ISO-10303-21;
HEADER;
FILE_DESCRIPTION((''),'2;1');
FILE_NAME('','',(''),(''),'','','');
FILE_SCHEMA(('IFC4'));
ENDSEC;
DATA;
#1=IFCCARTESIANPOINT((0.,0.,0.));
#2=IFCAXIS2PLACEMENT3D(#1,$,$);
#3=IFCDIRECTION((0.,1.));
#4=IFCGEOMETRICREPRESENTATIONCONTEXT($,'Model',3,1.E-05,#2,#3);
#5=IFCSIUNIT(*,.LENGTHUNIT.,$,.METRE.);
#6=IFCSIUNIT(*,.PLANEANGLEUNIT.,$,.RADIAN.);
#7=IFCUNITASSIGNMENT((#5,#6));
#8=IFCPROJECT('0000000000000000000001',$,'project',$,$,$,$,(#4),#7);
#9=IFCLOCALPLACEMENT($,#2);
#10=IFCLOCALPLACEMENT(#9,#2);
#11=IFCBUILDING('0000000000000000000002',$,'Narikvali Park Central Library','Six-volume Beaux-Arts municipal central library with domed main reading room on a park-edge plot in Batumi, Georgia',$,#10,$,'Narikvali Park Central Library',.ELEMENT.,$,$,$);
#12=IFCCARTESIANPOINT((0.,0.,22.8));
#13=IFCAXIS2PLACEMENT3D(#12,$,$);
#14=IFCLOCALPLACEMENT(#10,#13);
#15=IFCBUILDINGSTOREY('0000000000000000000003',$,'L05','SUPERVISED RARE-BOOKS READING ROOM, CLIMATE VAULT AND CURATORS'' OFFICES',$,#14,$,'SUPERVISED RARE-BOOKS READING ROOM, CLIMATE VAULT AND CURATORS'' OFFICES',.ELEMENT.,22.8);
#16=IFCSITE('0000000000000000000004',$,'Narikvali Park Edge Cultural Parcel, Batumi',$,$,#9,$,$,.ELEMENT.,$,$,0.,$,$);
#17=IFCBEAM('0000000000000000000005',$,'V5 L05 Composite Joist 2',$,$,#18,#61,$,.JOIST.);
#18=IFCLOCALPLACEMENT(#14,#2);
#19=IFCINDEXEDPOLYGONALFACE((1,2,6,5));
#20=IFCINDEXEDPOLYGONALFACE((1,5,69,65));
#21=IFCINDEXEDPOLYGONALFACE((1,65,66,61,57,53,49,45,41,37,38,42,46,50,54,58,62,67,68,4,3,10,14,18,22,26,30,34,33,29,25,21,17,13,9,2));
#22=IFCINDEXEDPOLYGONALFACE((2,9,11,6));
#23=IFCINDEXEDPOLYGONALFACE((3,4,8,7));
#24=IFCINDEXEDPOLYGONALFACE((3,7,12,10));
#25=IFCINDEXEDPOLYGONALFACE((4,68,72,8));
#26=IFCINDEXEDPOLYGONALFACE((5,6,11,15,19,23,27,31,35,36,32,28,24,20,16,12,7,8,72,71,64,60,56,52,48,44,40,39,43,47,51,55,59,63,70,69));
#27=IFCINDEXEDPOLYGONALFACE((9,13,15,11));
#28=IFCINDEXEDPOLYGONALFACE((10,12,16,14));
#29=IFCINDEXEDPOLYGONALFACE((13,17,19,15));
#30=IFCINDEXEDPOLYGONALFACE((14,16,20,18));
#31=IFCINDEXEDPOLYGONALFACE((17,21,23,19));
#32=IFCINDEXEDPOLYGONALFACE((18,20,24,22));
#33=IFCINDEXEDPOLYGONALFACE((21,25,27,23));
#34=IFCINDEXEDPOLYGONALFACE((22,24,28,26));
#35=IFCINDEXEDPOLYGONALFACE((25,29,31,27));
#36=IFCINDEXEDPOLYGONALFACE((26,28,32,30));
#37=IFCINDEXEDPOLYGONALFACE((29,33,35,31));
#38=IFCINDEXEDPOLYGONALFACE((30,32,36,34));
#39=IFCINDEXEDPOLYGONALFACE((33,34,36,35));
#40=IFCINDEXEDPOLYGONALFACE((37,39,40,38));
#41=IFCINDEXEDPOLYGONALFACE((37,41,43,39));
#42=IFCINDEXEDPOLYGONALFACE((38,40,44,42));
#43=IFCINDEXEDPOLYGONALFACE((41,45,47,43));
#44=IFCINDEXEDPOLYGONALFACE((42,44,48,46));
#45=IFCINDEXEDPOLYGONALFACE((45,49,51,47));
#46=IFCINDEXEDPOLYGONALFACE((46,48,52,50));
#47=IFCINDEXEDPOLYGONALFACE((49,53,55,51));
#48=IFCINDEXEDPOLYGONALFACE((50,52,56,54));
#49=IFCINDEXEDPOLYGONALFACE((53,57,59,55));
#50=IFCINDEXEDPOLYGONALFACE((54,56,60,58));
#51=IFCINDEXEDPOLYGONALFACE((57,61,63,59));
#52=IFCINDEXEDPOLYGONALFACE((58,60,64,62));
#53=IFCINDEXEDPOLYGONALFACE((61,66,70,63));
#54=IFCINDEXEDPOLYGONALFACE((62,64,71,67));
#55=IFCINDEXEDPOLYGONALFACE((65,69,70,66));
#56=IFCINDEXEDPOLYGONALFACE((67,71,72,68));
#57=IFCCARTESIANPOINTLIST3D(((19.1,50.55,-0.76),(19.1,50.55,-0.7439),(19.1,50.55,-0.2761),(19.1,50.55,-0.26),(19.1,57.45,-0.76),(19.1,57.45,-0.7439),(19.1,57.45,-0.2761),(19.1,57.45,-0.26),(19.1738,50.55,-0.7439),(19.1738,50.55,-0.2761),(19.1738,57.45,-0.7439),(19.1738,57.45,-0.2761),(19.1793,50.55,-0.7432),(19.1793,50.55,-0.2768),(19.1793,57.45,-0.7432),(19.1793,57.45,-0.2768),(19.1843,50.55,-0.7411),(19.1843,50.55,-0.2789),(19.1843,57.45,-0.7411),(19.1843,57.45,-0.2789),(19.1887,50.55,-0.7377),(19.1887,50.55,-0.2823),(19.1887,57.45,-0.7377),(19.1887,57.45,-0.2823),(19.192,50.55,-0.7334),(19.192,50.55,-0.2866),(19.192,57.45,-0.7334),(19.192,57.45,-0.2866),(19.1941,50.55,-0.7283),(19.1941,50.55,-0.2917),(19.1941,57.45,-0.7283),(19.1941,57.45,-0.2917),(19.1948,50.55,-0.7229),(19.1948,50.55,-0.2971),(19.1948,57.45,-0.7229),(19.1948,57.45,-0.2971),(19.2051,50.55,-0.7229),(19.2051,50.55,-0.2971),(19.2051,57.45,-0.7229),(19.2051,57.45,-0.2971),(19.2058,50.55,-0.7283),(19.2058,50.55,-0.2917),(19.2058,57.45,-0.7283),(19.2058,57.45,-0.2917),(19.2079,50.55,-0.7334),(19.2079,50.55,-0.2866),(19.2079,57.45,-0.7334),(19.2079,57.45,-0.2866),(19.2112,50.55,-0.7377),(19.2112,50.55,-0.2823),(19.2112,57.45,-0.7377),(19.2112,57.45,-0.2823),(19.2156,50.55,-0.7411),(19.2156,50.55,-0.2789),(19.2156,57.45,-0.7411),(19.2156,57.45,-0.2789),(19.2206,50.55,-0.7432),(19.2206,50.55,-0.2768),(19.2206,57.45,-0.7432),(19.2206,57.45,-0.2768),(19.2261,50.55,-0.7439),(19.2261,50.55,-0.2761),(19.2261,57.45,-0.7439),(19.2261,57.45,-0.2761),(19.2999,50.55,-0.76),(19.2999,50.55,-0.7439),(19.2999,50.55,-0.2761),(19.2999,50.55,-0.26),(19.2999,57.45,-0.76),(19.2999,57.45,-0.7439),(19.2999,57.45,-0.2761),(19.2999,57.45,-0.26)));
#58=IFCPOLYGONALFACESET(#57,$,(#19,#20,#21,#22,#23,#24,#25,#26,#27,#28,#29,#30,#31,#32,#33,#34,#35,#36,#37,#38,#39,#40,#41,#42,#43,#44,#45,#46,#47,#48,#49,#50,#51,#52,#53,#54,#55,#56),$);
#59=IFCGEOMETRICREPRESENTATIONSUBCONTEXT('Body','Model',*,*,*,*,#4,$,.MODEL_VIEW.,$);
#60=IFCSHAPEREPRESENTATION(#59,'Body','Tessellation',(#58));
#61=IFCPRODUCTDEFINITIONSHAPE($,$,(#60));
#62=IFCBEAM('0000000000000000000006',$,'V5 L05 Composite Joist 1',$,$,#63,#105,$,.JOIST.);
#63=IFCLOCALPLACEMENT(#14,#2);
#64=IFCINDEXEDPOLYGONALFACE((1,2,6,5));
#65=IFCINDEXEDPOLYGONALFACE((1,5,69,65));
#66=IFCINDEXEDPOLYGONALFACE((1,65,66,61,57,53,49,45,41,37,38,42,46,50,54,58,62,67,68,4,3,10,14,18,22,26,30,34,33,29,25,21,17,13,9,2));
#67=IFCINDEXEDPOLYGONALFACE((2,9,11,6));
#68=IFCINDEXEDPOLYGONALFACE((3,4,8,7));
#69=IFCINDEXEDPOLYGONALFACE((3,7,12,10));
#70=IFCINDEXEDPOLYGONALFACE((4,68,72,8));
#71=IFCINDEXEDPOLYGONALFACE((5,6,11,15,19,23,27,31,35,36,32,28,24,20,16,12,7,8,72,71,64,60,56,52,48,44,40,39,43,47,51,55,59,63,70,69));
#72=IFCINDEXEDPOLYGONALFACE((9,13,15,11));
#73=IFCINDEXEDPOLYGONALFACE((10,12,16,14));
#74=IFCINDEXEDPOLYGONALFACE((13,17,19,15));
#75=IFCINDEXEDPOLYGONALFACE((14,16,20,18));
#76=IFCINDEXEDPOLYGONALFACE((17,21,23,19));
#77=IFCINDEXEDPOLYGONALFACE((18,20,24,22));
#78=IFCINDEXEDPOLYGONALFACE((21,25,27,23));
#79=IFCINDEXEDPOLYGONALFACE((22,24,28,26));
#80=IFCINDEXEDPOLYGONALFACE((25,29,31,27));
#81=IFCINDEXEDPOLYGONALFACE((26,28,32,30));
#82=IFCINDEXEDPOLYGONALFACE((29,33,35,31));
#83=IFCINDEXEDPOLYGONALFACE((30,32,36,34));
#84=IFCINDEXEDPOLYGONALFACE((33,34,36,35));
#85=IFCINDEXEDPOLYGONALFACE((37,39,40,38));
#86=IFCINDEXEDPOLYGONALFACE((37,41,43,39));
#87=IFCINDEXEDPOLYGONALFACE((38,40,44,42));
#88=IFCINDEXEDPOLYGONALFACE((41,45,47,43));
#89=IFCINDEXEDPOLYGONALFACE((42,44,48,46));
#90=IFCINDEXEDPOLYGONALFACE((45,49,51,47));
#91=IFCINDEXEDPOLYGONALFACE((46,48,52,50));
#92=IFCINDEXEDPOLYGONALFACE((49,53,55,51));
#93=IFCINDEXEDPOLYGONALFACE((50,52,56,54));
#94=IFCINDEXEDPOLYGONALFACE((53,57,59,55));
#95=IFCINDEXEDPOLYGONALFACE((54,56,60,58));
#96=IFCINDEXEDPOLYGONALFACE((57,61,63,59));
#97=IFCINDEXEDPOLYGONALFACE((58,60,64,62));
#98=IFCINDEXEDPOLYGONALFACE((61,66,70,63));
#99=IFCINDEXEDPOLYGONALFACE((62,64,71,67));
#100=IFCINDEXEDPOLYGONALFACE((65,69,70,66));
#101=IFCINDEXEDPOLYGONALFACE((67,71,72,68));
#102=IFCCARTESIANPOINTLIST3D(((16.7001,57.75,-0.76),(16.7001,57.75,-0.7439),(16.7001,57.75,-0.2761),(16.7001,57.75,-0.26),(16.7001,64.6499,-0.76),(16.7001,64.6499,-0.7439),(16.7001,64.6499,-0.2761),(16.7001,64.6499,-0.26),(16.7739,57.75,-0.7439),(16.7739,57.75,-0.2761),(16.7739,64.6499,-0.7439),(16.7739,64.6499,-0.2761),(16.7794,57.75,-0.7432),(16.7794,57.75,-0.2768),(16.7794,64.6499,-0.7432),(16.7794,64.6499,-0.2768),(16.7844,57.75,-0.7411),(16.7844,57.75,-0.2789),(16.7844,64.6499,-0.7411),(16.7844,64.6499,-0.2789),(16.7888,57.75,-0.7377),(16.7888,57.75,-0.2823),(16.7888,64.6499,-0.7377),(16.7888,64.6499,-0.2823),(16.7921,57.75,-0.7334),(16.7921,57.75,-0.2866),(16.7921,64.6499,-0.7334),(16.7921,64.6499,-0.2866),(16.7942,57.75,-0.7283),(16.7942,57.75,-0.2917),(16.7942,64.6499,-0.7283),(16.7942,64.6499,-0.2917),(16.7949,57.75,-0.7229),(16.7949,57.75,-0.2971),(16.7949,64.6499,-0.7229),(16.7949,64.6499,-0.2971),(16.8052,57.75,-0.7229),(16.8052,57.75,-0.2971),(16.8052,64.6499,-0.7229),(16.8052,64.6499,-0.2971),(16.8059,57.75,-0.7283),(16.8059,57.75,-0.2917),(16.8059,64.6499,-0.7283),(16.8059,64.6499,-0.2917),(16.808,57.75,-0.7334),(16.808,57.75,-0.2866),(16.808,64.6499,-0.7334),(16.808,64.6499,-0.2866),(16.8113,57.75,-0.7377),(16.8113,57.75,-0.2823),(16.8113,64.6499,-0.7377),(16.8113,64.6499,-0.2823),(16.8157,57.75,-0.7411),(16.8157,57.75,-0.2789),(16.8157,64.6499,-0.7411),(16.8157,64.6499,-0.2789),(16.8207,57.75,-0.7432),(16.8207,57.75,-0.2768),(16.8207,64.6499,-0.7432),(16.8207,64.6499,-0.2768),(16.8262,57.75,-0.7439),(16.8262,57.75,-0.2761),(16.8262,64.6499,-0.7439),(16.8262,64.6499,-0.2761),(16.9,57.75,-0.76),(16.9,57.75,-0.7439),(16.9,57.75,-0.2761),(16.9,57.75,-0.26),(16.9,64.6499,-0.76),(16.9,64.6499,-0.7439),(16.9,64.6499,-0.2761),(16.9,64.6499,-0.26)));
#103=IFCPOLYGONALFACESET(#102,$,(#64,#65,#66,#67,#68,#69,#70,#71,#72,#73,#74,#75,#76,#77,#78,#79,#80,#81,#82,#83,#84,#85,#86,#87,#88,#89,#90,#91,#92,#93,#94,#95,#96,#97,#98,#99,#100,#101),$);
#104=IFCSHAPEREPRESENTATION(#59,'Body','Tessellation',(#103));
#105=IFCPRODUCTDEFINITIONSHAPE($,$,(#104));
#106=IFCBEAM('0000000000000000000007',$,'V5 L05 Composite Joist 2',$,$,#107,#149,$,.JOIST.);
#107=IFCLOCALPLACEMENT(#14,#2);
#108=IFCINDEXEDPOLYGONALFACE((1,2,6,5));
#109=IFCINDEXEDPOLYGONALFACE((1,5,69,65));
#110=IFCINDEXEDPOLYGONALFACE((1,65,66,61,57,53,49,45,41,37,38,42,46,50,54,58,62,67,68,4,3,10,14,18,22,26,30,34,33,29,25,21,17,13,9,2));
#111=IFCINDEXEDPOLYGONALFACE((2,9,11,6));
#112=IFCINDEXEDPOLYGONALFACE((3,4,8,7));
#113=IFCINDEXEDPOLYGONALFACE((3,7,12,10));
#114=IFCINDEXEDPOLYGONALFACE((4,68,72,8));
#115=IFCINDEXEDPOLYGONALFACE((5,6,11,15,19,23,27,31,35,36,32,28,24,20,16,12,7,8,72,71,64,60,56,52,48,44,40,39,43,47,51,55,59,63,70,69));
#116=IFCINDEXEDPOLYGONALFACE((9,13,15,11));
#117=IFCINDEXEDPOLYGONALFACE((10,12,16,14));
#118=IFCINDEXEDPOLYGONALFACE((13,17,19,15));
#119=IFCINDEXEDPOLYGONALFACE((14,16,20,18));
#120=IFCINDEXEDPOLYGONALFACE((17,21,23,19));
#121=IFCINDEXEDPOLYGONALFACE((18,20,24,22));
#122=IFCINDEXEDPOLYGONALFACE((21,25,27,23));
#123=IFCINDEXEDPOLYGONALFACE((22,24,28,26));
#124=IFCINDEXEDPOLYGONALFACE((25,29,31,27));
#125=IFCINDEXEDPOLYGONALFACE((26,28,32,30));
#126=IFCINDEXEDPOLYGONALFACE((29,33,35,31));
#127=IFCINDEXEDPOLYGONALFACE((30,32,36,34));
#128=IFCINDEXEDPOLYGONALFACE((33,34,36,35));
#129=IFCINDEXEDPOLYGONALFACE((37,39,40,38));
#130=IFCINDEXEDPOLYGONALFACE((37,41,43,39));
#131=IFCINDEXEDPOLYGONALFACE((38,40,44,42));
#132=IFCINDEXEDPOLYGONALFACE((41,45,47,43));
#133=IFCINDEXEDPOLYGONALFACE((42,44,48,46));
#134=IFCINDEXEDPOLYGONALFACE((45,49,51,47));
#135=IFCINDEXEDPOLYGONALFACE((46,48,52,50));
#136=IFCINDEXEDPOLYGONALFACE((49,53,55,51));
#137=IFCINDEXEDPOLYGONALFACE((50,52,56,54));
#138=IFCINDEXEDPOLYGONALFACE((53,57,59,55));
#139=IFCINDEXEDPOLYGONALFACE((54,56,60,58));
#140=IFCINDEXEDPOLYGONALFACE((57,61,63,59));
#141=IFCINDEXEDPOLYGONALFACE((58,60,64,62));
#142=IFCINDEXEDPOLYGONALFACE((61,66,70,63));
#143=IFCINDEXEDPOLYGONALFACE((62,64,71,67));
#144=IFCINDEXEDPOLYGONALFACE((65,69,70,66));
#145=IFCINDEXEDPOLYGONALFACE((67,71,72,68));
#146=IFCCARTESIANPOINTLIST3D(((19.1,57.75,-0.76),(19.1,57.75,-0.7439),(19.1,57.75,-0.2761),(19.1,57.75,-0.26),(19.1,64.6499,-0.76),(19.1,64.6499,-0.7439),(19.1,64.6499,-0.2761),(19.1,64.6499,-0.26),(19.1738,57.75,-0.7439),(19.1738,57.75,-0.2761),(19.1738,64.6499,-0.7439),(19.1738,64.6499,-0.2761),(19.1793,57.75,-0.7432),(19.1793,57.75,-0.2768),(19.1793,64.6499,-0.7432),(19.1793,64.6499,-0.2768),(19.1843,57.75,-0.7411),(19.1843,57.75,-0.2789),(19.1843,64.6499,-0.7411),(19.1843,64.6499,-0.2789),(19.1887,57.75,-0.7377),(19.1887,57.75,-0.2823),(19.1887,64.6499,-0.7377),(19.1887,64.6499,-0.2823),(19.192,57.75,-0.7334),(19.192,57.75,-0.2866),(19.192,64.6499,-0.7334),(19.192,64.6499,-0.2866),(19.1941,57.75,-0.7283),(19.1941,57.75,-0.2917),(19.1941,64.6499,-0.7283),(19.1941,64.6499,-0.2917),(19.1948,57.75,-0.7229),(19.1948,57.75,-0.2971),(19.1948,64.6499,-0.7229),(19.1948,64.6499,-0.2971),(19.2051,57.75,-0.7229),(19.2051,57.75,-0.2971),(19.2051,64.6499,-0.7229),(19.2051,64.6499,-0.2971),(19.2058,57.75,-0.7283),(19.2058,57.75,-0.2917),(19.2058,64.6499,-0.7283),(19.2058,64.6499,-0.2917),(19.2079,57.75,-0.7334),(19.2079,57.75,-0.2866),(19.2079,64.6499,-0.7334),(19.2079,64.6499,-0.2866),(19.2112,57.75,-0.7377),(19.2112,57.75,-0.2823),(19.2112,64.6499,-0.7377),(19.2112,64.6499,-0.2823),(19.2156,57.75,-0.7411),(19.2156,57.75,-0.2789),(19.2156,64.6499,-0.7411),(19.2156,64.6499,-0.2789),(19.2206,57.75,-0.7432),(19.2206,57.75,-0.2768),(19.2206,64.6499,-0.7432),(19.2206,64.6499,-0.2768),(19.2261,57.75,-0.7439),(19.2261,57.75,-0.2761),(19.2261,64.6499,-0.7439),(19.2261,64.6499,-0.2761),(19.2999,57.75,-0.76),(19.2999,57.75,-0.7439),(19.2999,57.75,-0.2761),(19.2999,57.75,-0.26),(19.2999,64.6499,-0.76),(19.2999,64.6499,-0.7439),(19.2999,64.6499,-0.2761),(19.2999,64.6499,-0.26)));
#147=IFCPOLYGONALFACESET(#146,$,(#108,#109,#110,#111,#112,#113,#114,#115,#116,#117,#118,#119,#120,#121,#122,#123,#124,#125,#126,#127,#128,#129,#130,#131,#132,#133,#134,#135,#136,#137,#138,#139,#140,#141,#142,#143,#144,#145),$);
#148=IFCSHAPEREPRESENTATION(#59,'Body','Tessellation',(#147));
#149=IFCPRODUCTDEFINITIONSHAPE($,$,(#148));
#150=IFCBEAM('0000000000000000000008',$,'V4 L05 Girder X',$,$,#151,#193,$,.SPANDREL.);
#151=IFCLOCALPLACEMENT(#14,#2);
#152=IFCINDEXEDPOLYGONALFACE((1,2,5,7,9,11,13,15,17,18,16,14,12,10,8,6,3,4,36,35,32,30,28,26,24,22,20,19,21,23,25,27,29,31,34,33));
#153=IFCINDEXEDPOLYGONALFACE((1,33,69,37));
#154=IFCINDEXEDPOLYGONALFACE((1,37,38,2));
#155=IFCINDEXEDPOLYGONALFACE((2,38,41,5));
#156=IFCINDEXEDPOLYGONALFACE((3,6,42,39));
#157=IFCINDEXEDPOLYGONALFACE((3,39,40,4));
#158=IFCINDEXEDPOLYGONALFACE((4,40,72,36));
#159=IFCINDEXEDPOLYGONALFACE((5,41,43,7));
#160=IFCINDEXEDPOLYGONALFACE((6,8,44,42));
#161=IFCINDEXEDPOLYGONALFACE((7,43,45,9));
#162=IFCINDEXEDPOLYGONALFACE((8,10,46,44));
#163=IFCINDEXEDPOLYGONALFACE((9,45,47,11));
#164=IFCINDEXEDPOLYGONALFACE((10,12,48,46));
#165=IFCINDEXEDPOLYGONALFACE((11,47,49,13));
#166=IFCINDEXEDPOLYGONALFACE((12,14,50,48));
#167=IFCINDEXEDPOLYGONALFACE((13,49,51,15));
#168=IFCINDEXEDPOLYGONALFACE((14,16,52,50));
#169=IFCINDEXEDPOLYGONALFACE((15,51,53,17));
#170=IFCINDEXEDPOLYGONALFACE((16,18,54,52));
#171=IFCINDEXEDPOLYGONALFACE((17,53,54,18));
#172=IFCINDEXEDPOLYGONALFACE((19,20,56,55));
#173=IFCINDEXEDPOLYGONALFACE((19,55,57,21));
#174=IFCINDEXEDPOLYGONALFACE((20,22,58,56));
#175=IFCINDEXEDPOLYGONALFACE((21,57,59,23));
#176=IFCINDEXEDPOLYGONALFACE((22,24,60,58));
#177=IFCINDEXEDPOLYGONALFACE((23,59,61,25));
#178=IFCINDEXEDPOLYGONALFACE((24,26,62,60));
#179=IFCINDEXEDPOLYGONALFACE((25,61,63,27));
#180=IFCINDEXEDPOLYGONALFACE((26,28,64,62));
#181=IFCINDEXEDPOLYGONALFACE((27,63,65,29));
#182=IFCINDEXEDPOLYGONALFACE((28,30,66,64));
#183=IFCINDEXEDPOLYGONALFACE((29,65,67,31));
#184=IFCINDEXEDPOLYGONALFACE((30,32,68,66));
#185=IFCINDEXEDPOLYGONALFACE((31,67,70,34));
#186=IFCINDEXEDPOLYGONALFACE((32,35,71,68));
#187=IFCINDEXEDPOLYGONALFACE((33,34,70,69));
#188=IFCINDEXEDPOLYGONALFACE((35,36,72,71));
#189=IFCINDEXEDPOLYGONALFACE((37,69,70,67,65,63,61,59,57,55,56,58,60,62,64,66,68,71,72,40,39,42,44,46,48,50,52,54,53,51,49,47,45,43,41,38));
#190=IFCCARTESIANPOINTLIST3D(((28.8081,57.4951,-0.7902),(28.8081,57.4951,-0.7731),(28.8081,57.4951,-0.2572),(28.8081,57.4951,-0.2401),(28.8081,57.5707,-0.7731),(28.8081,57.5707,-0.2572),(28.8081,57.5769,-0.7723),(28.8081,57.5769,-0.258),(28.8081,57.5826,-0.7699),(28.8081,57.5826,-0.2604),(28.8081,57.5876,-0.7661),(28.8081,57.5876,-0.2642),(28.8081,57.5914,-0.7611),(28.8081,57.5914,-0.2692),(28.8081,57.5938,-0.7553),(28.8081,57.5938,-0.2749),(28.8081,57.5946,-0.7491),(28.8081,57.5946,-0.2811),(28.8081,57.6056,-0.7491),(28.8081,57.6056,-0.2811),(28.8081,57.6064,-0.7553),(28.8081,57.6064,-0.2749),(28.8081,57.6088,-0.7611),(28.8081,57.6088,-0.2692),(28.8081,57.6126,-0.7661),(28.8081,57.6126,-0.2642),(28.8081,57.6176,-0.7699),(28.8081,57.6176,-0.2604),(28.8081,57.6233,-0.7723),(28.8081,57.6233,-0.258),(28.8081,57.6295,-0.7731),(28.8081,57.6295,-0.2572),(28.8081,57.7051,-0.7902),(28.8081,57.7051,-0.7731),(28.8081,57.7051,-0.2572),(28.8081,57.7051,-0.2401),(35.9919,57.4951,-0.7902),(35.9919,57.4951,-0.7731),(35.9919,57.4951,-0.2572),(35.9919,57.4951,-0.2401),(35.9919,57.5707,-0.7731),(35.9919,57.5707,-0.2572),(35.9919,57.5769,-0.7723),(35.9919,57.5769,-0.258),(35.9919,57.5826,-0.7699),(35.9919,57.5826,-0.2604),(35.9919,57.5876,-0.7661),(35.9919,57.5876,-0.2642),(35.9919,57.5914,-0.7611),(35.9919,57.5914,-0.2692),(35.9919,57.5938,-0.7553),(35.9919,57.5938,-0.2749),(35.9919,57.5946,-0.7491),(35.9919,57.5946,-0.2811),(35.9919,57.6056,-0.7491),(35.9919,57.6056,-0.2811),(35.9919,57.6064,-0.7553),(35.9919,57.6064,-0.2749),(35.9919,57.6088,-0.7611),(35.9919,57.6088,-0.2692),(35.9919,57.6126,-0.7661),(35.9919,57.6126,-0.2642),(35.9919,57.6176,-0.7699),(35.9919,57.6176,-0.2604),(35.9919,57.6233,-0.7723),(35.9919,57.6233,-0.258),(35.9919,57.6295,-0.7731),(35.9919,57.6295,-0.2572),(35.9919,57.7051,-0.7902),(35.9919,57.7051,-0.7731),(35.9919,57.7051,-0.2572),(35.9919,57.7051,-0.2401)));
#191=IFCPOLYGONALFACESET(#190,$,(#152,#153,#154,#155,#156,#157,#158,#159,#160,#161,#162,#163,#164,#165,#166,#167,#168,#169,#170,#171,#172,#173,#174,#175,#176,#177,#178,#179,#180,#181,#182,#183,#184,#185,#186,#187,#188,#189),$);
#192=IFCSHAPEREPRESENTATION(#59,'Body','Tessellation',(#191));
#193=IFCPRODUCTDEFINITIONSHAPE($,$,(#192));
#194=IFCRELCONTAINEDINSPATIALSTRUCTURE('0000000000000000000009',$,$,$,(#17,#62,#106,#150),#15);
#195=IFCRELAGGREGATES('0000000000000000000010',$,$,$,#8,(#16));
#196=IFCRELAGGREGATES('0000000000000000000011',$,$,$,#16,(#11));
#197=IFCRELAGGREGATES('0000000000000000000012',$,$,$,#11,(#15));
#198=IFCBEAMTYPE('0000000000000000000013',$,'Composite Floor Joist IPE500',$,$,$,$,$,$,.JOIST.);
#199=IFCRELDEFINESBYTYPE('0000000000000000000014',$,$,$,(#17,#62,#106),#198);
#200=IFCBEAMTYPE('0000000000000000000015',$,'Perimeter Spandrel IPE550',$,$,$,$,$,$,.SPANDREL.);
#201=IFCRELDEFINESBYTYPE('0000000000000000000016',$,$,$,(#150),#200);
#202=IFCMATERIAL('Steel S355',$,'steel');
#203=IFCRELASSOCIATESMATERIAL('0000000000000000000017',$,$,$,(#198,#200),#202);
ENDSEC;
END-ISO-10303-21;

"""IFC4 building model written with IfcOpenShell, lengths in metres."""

from ifc_helpers import new_model, si_unit, direction, frame, origin, origin_2d, place, context, subcontext, project, spatial, i_section, extrude, material, material_profile, profile_set, type_object, element, save


model = new_model("IFC4")

# Units and contexts
model_context = context("Model", 3, precision=1e-05, world=origin(), true_north=direction((0.0, 1.0)))
body_context = subcontext(model_context, "Body", "Model", "MODEL_VIEW")
ifc_project = project(units=[si_unit("LENGTHUNIT", "METRE"), si_unit("PLANEANGLEUNIT", "RADIAN")], contexts=[model_context])

# Site, building, storey
site_placement = place(None, origin())
site = spatial("IfcSite", under=ifc_project, at=site_placement, Name="Narikvali Park Edge Cultural Parcel, Batumi", CompositionType="ELEMENT", RefElevation=0.0)
building_placement = place(site_placement, origin())
building = spatial("IfcBuilding", under=site, at=building_placement, Name="Narikvali Park Central Library", Description="Six-volume Beaux-Arts municipal central library with domed main reading room on a park-edge plot in Batumi, Georgia", LongName="Narikvali Park Central Library", CompositionType="ELEMENT")
storey_placement = place(building_placement, frame((0.0, 0.0, 22.8)))
storey = spatial("IfcBuildingStorey", under=building, at=storey_placement, Name="L05", Description="SUPERVISED RARE-BOOKS READING ROOM, CLIMATE VAULT AND CURATORS' OFFICES", LongName="SUPERVISED RARE-BOOKS READING ROOM, CLIMATE VAULT AND CURATORS' OFFICES", CompositionType="ELEMENT", Elevation=22.8)

# Shared definitions
ifc_material_1 = material(Name="Steel S355", Category="steel")

# Beams
ifc_material_profile_1 = material_profile(ifc_material_1, i_section(OverallWidth=0.2, OverallDepth=0.5, WebThickness=0.0103, FlangeThickness=0.0161, FilletRadius=0.021, at=origin_2d()), Name="IPE 500")
ifc_profile_set_1 = profile_set([ifc_material_profile_1], Name="Steel S355")
beam_type_1 = type_object("IfcBeamType", Name="Composite Floor Joist IPE500", PredefinedType="JOIST", material=ifc_profile_set_1)
for number, where, z_axis, x_axis, name in (
    (1, (19.2, 50.55, -0.51), (0.0, 1.0, 0.0), (-1.0, 0.0, 0.0), "V5 L05 Composite Joist 2"),
    (2, (16.8, 57.75, -0.51), (0.0, 1.0, 0.0), (-1.0, 0.0, 0.0), "V5 L05 Composite Joist 1"),
    (3, (19.2, 57.75, -0.51), (0.0, 1.0, 0.0), (-1.0, 0.0, 0.0), "V5 L05 Composite Joist 2"),
):
    element("IfcBeam", number, at=place(storey_placement, frame(where, z_axis=z_axis, x_axis=x_axis)), inside=storey, type_object=beam_type_1, Name=name, PredefinedType="JOIST", context=body_context, shape_type="SweptSolid", body=[
        extrude(i_section(OverallWidth=0.2, OverallDepth=0.5, WebThickness=0.0103, FlangeThickness=0.0161, FilletRadius=0.021, at=origin_2d()), origin(), (0.0, 0.0, 1.0), 6.8999),
    ])
ifc_material_profile_2 = material_profile(ifc_material_1, i_section(OverallWidth=0.21, OverallDepth=0.55, WebThickness=0.011, FlangeThickness=0.0171, FilletRadius=0.0239, at=origin_2d()), Name="IPE 550")
ifc_profile_set_2 = profile_set([ifc_material_profile_2], Name="Steel S355")
beam_type_2 = type_object("IfcBeamType", Name="Perimeter Spandrel IPE550", PredefinedType="SPANDREL", material=ifc_profile_set_2)
beam_1_placement = place(storey_placement, frame((28.8081, 57.6001, -0.5151), z_axis=(1.0, 0.0, 0.0), x_axis=(0.0, 1.0, 0.0)))
element("IfcBeam", 4, at=beam_1_placement, inside=storey, type_object=beam_type_2, Name="V4 L05 Girder X", PredefinedType="SPANDREL", context=body_context, shape_type="SweptSolid", body=[
    extrude(i_section(OverallWidth=0.21, OverallDepth=0.55, WebThickness=0.011, FlangeThickness=0.0171, FilletRadius=0.0239, at=origin_2d()), origin(), (0.0, 0.0, 1.0), 7.1838),
])

save(model, "model.ifc")
